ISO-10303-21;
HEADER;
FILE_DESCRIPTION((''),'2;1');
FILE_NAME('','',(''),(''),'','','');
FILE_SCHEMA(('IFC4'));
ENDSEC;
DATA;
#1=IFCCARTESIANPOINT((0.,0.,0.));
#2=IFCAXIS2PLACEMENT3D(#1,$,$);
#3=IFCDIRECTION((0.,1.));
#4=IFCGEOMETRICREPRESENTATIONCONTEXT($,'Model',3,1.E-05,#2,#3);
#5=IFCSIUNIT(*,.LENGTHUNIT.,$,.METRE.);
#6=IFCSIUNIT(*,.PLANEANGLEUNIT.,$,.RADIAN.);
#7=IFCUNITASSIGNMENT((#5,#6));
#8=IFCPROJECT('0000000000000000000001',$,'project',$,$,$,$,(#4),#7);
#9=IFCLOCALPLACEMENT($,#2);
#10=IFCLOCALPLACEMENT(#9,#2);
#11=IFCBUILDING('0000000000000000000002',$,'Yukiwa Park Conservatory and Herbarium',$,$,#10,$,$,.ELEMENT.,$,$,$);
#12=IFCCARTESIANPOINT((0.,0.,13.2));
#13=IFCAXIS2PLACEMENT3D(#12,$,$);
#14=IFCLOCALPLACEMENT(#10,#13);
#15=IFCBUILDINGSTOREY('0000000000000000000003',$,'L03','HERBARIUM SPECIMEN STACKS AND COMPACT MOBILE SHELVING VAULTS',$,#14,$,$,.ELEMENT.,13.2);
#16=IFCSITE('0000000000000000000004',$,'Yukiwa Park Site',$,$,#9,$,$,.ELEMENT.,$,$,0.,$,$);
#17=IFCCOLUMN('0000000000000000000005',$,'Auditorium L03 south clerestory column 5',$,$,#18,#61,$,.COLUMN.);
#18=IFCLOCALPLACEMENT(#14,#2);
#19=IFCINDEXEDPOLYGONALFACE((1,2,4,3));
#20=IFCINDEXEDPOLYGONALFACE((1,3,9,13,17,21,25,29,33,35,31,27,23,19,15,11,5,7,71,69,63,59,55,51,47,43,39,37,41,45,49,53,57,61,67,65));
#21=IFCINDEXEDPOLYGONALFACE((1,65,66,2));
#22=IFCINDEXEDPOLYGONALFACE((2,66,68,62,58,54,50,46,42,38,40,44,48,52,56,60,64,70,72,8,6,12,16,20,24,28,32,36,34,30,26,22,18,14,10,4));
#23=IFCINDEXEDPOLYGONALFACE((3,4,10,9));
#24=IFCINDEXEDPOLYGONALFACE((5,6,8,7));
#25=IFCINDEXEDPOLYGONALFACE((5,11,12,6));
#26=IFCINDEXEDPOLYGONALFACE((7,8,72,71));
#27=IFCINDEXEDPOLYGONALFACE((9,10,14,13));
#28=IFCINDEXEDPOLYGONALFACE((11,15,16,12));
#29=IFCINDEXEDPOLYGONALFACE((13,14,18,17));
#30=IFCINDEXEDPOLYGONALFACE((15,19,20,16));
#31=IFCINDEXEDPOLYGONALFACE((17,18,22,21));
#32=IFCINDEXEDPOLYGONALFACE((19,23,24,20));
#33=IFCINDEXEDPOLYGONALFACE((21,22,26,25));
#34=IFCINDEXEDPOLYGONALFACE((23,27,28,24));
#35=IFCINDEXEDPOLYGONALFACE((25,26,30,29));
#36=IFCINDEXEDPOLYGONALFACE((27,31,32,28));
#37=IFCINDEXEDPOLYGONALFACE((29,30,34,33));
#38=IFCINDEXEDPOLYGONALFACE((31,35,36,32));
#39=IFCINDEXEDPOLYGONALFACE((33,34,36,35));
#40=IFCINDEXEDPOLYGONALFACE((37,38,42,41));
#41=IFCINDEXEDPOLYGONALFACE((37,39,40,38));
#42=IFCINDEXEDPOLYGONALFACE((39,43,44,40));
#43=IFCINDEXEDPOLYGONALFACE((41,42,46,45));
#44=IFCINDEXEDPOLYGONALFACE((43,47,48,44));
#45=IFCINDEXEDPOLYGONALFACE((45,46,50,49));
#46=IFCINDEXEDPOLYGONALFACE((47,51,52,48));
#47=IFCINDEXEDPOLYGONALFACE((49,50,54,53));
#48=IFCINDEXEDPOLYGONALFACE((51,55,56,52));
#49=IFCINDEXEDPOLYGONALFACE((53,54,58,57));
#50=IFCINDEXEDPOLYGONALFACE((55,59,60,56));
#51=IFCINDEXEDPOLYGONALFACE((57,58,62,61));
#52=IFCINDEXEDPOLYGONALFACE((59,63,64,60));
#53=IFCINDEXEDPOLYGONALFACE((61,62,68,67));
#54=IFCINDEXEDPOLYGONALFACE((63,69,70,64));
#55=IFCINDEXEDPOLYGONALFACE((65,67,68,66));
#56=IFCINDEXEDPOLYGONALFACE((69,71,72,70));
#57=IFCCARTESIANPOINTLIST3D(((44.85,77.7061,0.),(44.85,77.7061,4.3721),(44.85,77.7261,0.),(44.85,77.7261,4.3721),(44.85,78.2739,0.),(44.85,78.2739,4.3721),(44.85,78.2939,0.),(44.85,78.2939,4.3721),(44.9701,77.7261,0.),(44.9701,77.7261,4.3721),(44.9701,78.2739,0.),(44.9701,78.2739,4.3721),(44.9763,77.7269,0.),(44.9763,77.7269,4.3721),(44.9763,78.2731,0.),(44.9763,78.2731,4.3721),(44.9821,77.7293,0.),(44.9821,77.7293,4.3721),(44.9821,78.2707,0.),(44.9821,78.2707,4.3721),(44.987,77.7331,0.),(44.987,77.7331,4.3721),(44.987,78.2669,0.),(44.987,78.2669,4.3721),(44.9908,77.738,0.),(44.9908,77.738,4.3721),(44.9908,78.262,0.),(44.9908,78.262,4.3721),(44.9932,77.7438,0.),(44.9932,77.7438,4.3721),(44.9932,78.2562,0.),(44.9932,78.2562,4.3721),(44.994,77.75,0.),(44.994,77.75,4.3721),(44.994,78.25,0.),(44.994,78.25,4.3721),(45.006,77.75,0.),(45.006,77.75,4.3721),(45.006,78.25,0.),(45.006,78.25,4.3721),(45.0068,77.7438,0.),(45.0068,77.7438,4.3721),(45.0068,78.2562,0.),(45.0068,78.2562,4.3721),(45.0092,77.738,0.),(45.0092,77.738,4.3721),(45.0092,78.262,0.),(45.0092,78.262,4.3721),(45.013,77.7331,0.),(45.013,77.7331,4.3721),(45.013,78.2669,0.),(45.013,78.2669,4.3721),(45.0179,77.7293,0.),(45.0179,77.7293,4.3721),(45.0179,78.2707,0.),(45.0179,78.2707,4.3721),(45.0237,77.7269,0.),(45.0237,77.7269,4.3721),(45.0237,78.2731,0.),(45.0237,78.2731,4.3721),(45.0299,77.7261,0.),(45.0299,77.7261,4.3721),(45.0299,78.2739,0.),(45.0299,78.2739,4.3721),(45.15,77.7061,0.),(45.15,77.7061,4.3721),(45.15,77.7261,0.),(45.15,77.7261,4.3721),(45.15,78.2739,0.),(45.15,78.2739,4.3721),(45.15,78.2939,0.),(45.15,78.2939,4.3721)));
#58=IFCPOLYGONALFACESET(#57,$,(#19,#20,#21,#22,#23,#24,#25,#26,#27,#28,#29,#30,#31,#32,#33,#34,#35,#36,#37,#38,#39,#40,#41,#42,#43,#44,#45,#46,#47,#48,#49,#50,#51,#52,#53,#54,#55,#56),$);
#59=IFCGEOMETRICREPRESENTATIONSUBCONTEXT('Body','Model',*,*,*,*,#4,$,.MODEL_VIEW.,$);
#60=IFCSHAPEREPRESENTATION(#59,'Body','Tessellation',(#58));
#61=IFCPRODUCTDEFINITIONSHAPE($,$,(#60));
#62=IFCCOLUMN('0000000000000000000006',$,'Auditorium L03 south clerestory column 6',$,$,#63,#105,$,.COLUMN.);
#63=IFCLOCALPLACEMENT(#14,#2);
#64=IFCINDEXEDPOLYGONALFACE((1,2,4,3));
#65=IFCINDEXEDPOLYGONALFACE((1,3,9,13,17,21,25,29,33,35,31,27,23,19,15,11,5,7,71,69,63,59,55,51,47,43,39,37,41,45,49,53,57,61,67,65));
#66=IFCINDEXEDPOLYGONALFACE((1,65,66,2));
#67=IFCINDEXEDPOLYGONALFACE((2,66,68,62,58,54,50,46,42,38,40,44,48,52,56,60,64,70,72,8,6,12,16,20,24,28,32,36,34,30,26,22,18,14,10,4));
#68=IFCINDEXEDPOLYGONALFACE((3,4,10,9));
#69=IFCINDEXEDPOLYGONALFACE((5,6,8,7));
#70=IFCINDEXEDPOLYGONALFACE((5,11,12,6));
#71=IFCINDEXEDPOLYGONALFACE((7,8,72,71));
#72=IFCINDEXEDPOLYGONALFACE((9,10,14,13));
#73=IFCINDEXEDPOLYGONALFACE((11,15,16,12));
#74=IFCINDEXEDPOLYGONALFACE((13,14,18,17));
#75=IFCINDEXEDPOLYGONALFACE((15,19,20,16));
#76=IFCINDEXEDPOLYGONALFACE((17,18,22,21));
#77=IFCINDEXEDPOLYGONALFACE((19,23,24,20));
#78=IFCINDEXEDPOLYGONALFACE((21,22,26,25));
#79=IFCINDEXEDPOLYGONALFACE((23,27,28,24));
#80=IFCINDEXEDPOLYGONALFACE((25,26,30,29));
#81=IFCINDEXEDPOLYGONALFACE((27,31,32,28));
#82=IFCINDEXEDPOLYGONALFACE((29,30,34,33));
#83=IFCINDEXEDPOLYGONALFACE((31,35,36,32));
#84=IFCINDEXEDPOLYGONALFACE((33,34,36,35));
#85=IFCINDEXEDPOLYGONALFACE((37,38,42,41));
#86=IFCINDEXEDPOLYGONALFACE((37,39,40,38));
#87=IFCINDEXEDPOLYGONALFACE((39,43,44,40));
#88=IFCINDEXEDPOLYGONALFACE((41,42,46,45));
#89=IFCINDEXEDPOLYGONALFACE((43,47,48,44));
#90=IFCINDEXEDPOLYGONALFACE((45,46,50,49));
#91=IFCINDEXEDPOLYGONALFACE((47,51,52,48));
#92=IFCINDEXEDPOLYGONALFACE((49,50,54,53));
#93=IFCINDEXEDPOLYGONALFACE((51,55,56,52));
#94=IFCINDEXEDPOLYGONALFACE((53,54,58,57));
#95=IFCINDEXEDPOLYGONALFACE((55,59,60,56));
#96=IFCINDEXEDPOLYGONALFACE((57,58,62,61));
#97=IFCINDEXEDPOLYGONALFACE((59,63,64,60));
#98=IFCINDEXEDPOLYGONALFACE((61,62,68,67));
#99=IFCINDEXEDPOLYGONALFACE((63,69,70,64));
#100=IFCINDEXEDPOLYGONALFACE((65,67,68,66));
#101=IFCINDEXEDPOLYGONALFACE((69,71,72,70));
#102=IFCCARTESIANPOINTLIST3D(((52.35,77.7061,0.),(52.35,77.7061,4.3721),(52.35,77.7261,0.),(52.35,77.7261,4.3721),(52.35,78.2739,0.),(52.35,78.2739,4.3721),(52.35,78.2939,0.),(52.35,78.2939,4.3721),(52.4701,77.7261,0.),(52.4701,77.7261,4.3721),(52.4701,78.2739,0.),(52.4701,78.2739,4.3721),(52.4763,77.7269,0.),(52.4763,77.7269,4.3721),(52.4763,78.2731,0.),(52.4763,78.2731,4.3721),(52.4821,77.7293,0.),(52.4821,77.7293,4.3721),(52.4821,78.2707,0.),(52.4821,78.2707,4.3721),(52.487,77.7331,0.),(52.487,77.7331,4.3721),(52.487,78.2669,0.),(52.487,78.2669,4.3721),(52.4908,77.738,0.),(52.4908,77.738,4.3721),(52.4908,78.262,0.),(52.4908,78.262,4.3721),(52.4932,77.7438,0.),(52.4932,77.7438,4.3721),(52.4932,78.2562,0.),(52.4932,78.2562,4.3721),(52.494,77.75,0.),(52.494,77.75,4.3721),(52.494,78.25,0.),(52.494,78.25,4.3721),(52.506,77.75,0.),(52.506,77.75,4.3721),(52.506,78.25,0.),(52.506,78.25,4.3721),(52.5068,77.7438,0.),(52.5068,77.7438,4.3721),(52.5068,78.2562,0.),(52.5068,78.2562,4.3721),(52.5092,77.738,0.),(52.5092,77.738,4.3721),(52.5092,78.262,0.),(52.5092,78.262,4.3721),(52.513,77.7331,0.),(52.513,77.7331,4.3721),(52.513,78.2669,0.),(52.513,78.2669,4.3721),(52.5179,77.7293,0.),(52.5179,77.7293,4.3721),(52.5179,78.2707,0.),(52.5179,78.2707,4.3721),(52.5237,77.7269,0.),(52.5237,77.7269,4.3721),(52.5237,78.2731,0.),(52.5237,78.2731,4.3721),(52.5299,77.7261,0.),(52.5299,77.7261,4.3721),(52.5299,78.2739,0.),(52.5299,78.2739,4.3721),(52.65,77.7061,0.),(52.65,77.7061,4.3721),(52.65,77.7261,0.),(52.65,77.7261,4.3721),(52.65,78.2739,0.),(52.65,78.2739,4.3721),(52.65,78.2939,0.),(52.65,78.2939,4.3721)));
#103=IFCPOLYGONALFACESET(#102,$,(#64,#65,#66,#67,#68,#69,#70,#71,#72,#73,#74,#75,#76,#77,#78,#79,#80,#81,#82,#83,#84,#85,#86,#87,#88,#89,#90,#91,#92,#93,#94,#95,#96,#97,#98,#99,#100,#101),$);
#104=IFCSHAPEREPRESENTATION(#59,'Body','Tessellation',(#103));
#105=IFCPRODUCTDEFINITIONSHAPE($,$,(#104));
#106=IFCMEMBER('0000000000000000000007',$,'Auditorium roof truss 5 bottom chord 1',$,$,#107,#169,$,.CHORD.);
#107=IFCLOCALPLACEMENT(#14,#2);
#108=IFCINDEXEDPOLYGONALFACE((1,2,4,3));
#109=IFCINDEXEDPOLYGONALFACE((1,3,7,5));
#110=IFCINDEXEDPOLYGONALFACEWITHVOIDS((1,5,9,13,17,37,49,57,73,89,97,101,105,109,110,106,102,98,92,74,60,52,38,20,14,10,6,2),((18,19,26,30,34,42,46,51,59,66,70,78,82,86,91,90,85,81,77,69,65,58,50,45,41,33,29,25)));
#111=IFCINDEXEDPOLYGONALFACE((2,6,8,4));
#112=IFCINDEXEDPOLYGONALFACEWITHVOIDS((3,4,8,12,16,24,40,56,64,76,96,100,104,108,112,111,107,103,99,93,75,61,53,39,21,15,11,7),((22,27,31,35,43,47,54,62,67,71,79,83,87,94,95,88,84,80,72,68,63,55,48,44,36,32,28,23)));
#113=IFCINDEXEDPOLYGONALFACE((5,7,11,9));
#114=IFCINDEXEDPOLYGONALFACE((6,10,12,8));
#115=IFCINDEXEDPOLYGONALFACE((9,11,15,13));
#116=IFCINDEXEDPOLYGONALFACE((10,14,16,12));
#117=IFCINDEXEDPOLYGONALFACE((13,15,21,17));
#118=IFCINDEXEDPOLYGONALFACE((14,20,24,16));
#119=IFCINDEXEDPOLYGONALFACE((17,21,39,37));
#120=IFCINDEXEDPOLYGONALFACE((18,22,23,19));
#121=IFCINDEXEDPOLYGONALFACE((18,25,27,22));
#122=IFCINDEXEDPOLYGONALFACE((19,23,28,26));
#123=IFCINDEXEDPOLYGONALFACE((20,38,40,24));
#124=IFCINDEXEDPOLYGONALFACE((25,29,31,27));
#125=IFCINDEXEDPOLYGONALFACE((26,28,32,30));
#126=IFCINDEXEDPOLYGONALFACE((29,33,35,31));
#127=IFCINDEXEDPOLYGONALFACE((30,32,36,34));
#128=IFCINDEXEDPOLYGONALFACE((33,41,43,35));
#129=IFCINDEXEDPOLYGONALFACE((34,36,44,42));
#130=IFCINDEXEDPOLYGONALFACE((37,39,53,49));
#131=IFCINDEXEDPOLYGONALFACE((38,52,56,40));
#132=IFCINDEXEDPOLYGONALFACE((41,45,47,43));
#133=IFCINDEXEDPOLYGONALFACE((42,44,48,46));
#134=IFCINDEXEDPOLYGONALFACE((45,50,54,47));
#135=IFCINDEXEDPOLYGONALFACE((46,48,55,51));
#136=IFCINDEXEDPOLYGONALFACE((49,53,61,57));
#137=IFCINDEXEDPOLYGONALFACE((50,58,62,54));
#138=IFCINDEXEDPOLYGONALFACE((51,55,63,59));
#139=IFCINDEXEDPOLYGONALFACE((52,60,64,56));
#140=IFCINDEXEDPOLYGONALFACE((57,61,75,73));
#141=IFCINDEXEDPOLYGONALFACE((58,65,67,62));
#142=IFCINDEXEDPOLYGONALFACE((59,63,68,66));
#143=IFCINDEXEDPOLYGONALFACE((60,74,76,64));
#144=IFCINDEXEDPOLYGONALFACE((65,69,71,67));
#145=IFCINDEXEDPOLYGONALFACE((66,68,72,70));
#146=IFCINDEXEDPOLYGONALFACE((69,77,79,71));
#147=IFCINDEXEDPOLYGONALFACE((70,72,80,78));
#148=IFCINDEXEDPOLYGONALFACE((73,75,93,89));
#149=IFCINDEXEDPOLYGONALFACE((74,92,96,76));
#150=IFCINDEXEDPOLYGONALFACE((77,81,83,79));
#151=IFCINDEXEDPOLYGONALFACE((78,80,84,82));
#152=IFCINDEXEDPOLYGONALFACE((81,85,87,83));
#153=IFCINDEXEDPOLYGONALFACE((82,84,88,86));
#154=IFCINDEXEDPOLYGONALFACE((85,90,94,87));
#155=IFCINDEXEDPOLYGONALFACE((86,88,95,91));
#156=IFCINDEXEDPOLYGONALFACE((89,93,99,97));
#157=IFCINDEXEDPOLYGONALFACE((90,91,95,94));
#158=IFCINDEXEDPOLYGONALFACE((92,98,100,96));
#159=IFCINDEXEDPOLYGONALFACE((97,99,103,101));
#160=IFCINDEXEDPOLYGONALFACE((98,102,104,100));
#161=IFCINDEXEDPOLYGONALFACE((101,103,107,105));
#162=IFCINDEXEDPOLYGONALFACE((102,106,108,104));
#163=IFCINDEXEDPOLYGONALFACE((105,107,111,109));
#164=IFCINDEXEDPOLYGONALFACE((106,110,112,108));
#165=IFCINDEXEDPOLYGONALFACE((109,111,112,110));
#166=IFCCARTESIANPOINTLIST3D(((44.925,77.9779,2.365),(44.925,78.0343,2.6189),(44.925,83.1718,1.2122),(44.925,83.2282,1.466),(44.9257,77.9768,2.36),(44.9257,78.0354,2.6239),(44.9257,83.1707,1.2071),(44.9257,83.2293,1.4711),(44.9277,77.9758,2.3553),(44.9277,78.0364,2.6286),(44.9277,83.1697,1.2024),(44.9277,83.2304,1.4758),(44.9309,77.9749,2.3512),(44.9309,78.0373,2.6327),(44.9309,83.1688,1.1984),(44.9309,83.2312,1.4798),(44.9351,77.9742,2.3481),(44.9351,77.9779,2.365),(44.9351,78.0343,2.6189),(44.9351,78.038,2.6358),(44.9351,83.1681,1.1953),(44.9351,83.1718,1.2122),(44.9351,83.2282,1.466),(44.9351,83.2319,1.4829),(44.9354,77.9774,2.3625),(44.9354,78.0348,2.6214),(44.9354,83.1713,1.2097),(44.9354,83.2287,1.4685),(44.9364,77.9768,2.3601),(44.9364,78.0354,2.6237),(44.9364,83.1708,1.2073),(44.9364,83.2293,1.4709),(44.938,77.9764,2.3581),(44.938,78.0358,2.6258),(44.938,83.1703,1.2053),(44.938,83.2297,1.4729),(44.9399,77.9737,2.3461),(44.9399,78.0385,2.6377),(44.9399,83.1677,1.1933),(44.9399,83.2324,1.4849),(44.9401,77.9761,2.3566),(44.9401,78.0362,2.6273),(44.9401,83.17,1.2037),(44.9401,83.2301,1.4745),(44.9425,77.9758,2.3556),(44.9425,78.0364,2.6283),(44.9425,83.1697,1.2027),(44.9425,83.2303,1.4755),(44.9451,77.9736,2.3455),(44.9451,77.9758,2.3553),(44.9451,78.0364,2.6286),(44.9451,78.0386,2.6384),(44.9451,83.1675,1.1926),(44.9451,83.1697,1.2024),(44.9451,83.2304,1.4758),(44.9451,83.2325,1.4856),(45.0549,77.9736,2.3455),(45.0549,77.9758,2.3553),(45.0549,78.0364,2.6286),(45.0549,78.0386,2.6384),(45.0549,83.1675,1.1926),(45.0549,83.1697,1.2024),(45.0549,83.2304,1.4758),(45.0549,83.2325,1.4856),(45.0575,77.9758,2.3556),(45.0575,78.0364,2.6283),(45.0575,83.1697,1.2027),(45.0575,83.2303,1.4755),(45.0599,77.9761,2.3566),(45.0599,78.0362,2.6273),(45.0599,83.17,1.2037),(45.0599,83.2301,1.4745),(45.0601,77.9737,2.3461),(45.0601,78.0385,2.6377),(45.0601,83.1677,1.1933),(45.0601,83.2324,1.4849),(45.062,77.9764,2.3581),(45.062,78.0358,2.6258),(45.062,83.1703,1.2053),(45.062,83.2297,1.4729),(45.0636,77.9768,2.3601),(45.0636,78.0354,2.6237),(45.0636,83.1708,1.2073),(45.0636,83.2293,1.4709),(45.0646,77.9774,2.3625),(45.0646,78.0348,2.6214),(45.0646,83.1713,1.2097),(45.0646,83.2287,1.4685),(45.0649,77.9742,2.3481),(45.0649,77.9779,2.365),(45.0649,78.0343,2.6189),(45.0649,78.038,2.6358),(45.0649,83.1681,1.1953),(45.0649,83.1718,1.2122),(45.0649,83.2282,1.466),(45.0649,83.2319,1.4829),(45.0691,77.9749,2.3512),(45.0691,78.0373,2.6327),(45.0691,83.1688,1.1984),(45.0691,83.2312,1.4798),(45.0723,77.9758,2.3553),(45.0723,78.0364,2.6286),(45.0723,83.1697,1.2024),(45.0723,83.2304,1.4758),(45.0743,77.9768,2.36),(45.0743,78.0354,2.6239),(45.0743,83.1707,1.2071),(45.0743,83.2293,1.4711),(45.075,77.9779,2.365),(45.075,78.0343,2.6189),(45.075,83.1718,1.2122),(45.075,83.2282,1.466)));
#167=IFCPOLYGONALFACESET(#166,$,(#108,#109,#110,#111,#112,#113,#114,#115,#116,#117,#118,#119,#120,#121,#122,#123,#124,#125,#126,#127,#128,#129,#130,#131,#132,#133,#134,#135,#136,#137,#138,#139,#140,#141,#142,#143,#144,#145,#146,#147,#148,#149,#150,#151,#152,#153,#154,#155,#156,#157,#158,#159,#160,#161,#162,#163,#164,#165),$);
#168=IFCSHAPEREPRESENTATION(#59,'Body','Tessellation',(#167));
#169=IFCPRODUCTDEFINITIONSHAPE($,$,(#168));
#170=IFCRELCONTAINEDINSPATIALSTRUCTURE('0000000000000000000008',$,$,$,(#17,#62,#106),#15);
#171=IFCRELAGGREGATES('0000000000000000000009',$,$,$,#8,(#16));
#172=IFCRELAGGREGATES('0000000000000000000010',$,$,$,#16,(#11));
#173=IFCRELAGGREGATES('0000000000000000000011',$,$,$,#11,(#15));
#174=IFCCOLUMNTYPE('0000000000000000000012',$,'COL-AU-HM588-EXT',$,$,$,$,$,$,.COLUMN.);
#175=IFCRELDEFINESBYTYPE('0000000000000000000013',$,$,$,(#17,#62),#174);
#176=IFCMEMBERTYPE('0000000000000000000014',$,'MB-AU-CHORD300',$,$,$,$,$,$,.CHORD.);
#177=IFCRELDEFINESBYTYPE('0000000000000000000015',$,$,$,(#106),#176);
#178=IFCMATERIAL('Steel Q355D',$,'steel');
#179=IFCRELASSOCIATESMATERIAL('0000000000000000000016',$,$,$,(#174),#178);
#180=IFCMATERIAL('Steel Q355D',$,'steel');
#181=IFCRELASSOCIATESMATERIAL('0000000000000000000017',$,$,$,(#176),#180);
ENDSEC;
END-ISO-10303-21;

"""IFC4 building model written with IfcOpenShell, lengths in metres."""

from ifc_helpers import new_model, si_unit, direction, frame, origin, origin_2d, place, context, subcontext, project, spatial, hollow_rectangle, i_section, extrude, material, material_profile, profile_set, type_object, element, save


model = new_model("IFC4")

# Units and contexts
model_context = context("Model", 3, precision=1e-05, world=origin(), true_north=direction((0.0, 1.0)))
body_context = subcontext(model_context, "Body", "Model", "MODEL_VIEW")
ifc_project = project(units=[si_unit("LENGTHUNIT", "METRE"), si_unit("PLANEANGLEUNIT", "RADIAN")], contexts=[model_context])

# Site, building, storey
site_placement = place(None, origin())
site = spatial("IfcSite", under=ifc_project, at=site_placement, Name="Yukiwa Park Site", CompositionType="ELEMENT", RefElevation=0.0)
building_placement = place(site_placement, origin())
building = spatial("IfcBuilding", under=site, at=building_placement, Name="Yukiwa Park Conservatory and Herbarium", CompositionType="ELEMENT")
storey_placement = place(building_placement, frame((0.0, 0.0, 13.2)))
storey = spatial("IfcBuildingStorey", under=building, at=storey_placement, Name="L03", Description="HERBARIUM SPECIMEN STACKS AND COMPACT MOBILE SHELVING VAULTS", CompositionType="ELEMENT", Elevation=13.2)

# Columns
ifc_material_1 = material(Name="Steel Q355D", Category="steel")
ifc_material_profile_1 = material_profile(ifc_material_1, i_section(OverallWidth=0.3, OverallDepth=0.5879, WebThickness=0.012, FlangeThickness=0.02, FilletRadius=0.0239, at=origin_2d()), Name="HM 588x300x12x20")
ifc_profile_set_1 = profile_set([ifc_material_profile_1], Name="Steel Q355D")
column_type = type_object("IfcColumnType", Name="COL-AU-HM588-EXT", PredefinedType="COLUMN", material=ifc_profile_set_1)
for number, where, z_axis, x_axis, name in (
    (1, (45.0, 78.0, 0.0), (0.0, 0.0, 1.0), (1.0, 0.0, 0.0), "Auditorium L03 south clerestory column 5"),
    (2, (52.5, 78.0, 0.0), (0.0, 0.0, 1.0), (1.0, 0.0, 0.0), "Auditorium L03 south clerestory column 6"),
):
    element("IfcColumn", number, at=place(storey_placement, frame(where, z_axis=z_axis, x_axis=x_axis)), inside=storey, type_object=column_type, Name=name, PredefinedType="COLUMN", context=body_context, shape_type="SweptSolid", body=[
        extrude(i_section(OverallWidth=0.3, OverallDepth=0.5879, WebThickness=0.012, FlangeThickness=0.02, FilletRadius=0.0239, at=origin_2d()), origin(), (0.0, 0.0, 1.0), 4.3721),
    ])

# Member
ifc_material_2 = material(Name="Steel Q355D", Category="steel")
ifc_material_profile_2 = material_profile(ifc_material_2, hollow_rectangle(XDim=0.1499, YDim=0.3, WallThickness=0.01, InnerFilletRadius=0.01, OuterFilletRadius=0.02, at=origin_2d()), Name="RHS 300x150x10")
ifc_profile_set_2 = profile_set([ifc_material_profile_2], Name="Steel Q355D")
member_type_1 = type_object("IfcMemberType", Name="MB-AU-CHORD300", PredefinedType="CHORD", material=ifc_profile_set_2)
member_1_placement = place(storey_placement, frame((45.0, 78.0061, 2.4919), z_axis=(0.0, 0.976241, -0.216688), x_axis=(-1.0, 0.0, 0.0)))
element("IfcMember", 3, at=member_1_placement, inside=storey, type_object=member_type_1, Name="Auditorium roof truss 5 bottom chord 1", PredefinedType="CHORD", context=body_context, shape_type="SweptSolid", body=[
    extrude(hollow_rectangle(XDim=0.1499, YDim=0.3, WallThickness=0.01, InnerFilletRadius=0.01, OuterFilletRadius=0.02, at=origin_2d()), origin(), (0.0, 0.0, 1.0), 5.3203),
])

save(model, "model.ifc")
